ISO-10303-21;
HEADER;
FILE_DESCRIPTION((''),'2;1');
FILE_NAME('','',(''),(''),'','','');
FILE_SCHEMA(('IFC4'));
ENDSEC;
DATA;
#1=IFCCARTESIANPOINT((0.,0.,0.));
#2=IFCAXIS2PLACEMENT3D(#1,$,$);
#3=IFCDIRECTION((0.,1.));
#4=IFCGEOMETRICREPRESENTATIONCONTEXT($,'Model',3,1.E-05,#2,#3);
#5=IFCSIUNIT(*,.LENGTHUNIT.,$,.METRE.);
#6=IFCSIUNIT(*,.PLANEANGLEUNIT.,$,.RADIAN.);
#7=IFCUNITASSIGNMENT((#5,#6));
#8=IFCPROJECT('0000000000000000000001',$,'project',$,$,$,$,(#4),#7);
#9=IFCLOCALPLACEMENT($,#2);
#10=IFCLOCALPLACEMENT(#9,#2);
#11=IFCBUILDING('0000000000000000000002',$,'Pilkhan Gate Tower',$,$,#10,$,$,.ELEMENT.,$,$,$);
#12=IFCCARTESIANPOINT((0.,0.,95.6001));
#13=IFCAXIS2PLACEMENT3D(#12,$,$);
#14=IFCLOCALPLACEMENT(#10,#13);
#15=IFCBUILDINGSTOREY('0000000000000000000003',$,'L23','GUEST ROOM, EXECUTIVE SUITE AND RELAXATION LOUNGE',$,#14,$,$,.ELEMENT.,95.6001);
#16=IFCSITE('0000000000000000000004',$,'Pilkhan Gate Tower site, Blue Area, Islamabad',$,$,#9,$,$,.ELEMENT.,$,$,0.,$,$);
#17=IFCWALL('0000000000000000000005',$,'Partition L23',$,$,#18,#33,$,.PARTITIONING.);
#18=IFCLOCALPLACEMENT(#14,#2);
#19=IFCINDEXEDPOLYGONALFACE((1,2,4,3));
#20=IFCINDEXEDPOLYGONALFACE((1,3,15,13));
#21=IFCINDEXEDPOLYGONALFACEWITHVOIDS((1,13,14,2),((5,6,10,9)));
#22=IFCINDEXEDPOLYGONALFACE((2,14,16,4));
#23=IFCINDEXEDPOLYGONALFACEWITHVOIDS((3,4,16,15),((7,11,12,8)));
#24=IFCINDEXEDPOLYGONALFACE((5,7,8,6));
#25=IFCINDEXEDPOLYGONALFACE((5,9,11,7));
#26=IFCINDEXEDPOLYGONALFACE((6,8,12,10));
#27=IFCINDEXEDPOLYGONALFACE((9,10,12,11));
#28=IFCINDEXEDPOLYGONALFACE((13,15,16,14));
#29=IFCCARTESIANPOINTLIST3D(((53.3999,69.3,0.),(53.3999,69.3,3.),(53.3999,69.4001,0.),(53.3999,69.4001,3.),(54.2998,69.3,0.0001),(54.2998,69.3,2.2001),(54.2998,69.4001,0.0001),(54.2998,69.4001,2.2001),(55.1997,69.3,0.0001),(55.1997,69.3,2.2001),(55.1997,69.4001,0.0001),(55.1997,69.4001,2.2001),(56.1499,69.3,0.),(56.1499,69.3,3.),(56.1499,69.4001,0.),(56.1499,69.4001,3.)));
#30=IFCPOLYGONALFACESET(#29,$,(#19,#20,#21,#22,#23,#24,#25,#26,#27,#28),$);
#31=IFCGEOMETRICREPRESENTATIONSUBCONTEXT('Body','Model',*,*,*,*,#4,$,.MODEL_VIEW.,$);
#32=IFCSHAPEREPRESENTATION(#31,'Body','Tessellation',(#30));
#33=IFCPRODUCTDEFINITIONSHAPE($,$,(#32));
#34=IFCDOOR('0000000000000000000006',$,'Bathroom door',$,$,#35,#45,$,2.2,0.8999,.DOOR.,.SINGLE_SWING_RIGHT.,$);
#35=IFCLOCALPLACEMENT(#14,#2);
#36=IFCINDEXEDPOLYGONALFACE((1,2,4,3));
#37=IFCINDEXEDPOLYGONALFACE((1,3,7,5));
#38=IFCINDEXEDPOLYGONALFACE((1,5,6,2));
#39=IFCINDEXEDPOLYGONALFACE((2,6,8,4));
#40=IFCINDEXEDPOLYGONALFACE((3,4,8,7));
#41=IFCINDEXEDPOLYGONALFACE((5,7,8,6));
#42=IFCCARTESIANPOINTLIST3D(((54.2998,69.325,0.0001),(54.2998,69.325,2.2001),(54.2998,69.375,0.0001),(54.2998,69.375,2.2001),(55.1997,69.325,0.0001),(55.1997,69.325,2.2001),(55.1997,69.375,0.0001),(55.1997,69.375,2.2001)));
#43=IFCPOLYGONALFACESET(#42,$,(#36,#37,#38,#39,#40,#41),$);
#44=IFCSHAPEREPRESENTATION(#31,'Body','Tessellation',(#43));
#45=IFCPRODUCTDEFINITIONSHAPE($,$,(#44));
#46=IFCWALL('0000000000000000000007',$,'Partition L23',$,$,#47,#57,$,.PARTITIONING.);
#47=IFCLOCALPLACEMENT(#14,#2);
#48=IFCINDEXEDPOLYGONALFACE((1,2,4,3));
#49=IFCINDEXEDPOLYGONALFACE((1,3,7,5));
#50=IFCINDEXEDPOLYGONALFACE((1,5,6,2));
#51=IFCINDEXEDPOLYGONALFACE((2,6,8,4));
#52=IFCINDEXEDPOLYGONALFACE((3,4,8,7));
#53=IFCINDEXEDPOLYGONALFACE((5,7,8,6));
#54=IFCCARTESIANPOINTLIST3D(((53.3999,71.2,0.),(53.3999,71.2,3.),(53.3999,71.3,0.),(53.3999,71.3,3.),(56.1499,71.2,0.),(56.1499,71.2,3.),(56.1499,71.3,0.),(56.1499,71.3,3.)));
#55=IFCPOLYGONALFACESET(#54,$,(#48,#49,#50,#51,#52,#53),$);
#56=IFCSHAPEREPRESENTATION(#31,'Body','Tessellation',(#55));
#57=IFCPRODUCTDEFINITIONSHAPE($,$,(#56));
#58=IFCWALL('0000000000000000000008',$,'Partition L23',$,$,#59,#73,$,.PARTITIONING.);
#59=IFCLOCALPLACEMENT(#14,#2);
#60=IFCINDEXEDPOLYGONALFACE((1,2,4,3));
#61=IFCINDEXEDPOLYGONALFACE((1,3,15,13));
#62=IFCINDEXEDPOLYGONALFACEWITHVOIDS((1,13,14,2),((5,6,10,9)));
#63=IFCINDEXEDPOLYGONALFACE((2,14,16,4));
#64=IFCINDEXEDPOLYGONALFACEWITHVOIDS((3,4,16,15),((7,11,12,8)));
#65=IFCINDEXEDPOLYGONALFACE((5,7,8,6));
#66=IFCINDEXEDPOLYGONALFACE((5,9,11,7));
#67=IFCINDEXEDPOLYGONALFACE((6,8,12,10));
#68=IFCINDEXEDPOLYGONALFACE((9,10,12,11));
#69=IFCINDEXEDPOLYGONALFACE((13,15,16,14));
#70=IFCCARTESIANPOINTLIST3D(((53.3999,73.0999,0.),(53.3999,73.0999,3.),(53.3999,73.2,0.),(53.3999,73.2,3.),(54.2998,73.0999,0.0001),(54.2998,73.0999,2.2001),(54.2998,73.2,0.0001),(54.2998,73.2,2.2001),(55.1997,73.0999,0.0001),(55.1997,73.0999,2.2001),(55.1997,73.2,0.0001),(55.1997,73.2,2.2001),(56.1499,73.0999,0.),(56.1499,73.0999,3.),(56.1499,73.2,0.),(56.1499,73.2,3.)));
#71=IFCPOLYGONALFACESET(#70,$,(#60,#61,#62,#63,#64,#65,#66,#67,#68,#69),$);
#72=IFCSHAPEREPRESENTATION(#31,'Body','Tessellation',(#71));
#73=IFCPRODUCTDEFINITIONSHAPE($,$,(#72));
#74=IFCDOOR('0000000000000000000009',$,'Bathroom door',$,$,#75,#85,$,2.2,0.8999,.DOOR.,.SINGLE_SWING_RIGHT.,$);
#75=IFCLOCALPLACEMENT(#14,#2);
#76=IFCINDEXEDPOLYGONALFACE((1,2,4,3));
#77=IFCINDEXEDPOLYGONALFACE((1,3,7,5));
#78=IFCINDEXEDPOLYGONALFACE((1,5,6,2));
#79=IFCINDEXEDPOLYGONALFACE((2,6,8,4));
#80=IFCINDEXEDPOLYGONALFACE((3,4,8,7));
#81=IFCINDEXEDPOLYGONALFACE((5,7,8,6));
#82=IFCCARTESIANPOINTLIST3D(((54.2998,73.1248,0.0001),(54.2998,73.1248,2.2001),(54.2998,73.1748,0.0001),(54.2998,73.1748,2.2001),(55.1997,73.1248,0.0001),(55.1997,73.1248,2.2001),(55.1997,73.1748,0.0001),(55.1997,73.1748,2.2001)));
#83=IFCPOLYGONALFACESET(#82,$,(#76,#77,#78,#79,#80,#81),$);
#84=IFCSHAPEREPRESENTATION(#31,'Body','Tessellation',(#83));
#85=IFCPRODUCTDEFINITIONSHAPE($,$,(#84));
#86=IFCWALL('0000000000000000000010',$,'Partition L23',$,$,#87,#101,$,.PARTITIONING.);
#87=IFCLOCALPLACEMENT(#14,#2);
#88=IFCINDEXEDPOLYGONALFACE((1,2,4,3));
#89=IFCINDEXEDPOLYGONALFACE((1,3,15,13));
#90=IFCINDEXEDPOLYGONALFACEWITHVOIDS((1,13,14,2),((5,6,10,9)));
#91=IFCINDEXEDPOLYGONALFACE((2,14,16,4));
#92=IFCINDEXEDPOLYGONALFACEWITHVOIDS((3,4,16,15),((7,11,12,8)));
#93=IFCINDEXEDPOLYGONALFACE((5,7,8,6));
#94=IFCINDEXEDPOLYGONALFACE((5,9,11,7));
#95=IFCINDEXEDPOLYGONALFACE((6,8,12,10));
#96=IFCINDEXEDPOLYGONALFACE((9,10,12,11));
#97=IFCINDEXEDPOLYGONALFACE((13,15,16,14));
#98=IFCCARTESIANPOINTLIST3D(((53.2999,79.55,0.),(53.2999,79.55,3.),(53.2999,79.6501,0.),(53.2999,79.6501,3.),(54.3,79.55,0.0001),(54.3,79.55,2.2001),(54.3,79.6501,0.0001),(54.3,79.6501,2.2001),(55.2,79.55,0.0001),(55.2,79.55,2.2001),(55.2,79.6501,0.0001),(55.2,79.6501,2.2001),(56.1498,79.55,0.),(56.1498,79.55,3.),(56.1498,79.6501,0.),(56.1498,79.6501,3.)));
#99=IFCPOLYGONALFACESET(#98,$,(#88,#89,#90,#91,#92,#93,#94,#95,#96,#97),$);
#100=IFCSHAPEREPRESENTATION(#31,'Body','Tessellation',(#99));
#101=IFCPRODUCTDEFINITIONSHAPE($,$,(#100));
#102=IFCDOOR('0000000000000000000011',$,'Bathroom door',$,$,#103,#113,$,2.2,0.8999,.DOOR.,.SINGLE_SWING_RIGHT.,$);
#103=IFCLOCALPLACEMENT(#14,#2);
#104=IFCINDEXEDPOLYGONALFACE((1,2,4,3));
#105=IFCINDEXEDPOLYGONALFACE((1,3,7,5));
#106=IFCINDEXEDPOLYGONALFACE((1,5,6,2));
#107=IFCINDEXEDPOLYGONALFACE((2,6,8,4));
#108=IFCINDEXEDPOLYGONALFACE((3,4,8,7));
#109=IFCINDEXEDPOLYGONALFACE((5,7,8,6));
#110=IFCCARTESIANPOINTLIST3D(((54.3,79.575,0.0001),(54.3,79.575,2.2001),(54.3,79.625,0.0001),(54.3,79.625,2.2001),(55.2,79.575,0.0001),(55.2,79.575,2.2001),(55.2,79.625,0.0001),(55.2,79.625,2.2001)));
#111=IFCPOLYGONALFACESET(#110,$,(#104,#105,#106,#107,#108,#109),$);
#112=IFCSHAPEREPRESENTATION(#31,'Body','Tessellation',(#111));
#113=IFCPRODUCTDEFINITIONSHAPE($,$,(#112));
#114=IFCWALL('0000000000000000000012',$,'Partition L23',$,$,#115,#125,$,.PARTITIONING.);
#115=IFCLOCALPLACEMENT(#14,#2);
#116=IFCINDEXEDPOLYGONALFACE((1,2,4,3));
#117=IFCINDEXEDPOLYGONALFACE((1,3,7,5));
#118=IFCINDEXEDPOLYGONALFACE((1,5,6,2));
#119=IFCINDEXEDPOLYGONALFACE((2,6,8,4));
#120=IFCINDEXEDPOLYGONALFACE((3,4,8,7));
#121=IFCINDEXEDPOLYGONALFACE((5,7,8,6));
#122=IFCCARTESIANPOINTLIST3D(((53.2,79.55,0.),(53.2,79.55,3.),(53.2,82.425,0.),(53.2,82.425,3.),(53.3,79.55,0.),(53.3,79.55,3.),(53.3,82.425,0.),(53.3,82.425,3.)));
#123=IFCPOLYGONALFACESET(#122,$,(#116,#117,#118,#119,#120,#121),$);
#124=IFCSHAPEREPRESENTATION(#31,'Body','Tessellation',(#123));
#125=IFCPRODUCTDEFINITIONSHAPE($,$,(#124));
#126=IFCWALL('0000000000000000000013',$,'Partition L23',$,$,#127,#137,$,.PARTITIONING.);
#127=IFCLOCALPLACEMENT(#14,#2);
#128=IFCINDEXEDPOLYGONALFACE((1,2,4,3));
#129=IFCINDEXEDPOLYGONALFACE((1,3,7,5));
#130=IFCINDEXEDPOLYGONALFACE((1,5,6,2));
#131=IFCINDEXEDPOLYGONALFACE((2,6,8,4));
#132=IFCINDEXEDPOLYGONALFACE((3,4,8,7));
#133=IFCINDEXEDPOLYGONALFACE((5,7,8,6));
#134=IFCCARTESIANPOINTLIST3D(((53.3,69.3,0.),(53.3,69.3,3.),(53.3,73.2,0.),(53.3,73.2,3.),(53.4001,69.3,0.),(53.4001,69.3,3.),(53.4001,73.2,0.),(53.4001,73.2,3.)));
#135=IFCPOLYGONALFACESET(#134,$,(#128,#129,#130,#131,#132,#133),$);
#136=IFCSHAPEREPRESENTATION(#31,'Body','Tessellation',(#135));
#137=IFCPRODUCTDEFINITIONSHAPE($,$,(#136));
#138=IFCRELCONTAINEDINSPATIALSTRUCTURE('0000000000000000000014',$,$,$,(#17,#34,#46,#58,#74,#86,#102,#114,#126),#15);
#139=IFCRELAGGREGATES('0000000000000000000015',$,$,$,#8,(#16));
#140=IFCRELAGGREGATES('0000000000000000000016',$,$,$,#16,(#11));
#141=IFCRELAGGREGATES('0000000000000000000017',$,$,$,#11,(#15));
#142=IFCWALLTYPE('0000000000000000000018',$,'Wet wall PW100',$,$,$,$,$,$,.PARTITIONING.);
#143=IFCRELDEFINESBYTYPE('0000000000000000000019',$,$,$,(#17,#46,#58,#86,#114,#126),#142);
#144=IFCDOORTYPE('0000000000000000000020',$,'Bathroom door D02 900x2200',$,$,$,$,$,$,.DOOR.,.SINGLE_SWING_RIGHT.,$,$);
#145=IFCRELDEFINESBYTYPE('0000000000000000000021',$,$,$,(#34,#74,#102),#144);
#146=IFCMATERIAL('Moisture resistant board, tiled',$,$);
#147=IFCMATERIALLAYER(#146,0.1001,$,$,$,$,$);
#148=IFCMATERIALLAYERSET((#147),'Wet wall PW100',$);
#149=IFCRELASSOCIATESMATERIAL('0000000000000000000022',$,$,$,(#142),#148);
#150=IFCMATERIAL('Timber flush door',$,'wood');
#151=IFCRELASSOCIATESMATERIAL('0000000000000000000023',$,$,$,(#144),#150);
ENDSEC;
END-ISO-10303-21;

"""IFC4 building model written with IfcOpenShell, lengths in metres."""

from ifc_helpers import new_model, si_unit, direction, frame, frame_2d, origin, place, context, subcontext, project, spatial, rectangle, extrude, material, layer, layer_set, type_object, element, fill, save


model = new_model("IFC4")

# Units and contexts
model_context = context("Model", 3, precision=1e-05, world=origin(), true_north=direction((0.0, 1.0)))
body_context = subcontext(model_context, "Body", "Model", "MODEL_VIEW")
ifc_project = project(units=[si_unit("LENGTHUNIT", "METRE"), si_unit("PLANEANGLEUNIT", "RADIAN")], contexts=[model_context])

# Site, building, storey
site_placement = place(None, origin())
site = spatial("IfcSite", under=ifc_project, at=site_placement, Name="Pilkhan Gate Tower site, Blue Area, Islamabad", CompositionType="ELEMENT", RefElevation=0.0)
building_placement = place(site_placement, origin())
building = spatial("IfcBuilding", under=site, at=building_placement, Name="Pilkhan Gate Tower", CompositionType="ELEMENT")
storey_placement = place(building_placement, frame((0.0, 0.0, 95.6001)))
storey = spatial("IfcBuildingStorey", under=building, at=storey_placement, Name="L23", Description="GUEST ROOM, EXECUTIVE SUITE AND RELAXATION LOUNGE", CompositionType="ELEMENT", Elevation=95.6001)

# Wall, opening, door
ifc_material_1 = material(Name="Moisture resistant board, tiled")
ifc_layer_1 = layer(ifc_material_1, 0.1001)
ifc_layer_set_1 = layer_set([ifc_layer_1], Name="Wet wall PW100")
wall_type_1 = type_object("IfcWallType", Name="Wet wall PW100", PredefinedType="PARTITIONING", material=ifc_layer_set_1)
wall_1_placement = place(storey_placement, frame((53.3999, 69.3501, 0.0), z_axis=(0.0, 0.0, 1.0), x_axis=(1.0, 0.0, 0.0)))
wall_1 = element("IfcWall", 1, at=wall_1_placement, inside=storey, type_object=wall_type_1, Name="Partition L23", PredefinedType="PARTITIONING", context=body_context, shape_type="SweptSolid", body=[
    extrude(rectangle(XDim=2.75, YDim=0.1001, at=frame_2d((1.375, 0.0))), origin(), (0.0, 0.0, 1.0), 3.0),
])
opening_1_placement = place(wall_1_placement, frame((0.8999, 0.0, 0.0)))
opening_1 = element("IfcOpeningElement", 2, at=opening_1_placement, cuts=wall_1, PredefinedType="OPENING", context=body_context, shape_type="SweptSolid", body=[
    extrude(rectangle(XDim=0.8999, YDim=2.2, at=frame_2d((0.45, 1.1001))), frame((0.0, 0.0601, 0.0), z_axis=(0.0, -1.0, 0.0), x_axis=(1.0, 0.0, 0.0)), (0.0, 0.0, 1.0), 0.1201),
])
ifc_material_2 = material(Name="Timber flush door", Category="wood")
door_type_1 = type_object("IfcDoorType", Name="Bathroom door D02 900x2200", OperationType="SINGLE_SWING_RIGHT", PredefinedType="DOOR", material=ifc_material_2)
door_1_placement = place(opening_1_placement, origin())
door_1 = element("IfcDoor", 3, at=door_1_placement, inside=storey, type_object=door_type_1, Name="Bathroom door", OperationType="SINGLE_SWING_RIGHT", OverallHeight=2.2, OverallWidth=0.8999, PredefinedType="DOOR", context=body_context, shape_type="SweptSolid", body=[
    extrude(rectangle(XDim=0.8999, YDim=2.2, at=frame_2d((0.45, 1.1001))), frame((0.0, 0.0249, 0.0), z_axis=(0.0, -1.0, 0.0), x_axis=(1.0, 0.0, 0.0)), (0.0, 0.0, 1.0), 0.05),
])
fill(opening_1, door_1)

# Wall
wall_2_placement = place(storey_placement, frame((53.3999, 71.25, 0.0), z_axis=(0.0, 0.0, 1.0), x_axis=(1.0, 0.0, 0.0)))
element("IfcWall", 4, at=wall_2_placement, inside=storey, type_object=wall_type_1, Name="Partition L23", PredefinedType="PARTITIONING", context=body_context, shape_type="SweptSolid", body=[
    extrude(rectangle(XDim=2.75, YDim=0.1001, at=frame_2d((1.375, 0.0))), origin(), (0.0, 0.0, 1.0), 3.0),
])

# Walls, openings, doors
wall_3_placement = place(storey_placement, frame((53.3999, 73.1499, 0.0), z_axis=(0.0, 0.0, 1.0), x_axis=(1.0, 0.0, 0.0)))
wall_3 = element("IfcWall", 5, at=wall_3_placement, inside=storey, type_object=wall_type_1, Name="Partition L23", PredefinedType="PARTITIONING", context=body_context, shape_type="SweptSolid", body=[
    extrude(rectangle(XDim=2.75, YDim=0.1001, at=frame_2d((1.375, 0.0))), origin(), (0.0, 0.0, 1.0), 3.0),
])
opening_2_placement = place(wall_3_placement, frame((0.8999, 0.0, 0.0)))
opening_2 = element("IfcOpeningElement", 6, at=opening_2_placement, cuts=wall_3, PredefinedType="OPENING", context=body_context, shape_type="SweptSolid", body=[
    extrude(rectangle(XDim=0.8999, YDim=2.2, at=frame_2d((0.45, 1.1001))), frame((0.0, 0.0601, 0.0), z_axis=(0.0, -1.0, 0.0), x_axis=(1.0, 0.0, 0.0)), (0.0, 0.0, 1.0), 0.1201),
])
door_2_placement = place(opening_2_placement, origin())
door_2 = element("IfcDoor", 7, at=door_2_placement, inside=storey, type_object=door_type_1, Name="Bathroom door", OperationType="SINGLE_SWING_RIGHT", OverallHeight=2.2, OverallWidth=0.8999, PredefinedType="DOOR", context=body_context, shape_type="SweptSolid", body=[
    extrude(rectangle(XDim=0.8999, YDim=2.2, at=frame_2d((0.45, 1.1001))), frame((0.0, 0.0249, 0.0), z_axis=(0.0, -1.0, 0.0), x_axis=(1.0, 0.0, 0.0)), (0.0, 0.0, 1.0), 0.05),
])
fill(opening_2, door_2)
wall_4_placement = place(storey_placement, frame((53.3, 79.6001, 0.0), z_axis=(0.0, 0.0, 1.0), x_axis=(1.0, 0.0, 0.0)))
wall_4 = element("IfcWall", 8, at=wall_4_placement, inside=storey, type_object=wall_type_1, Name="Partition L23", PredefinedType="PARTITIONING", context=body_context, shape_type="SweptSolid", body=[
    extrude(rectangle(XDim=2.8499, YDim=0.1001, at=frame_2d((1.4248, 0.0))), origin(), (0.0, 0.0, 1.0), 3.0),
])
opening_3_placement = place(wall_4_placement, frame((1.0, 0.0, 0.0)))
opening_3 = element("IfcOpeningElement", 9, at=opening_3_placement, cuts=wall_4, PredefinedType="OPENING", context=body_context, shape_type="SweptSolid", body=[
    extrude(rectangle(XDim=0.8999, YDim=2.2, at=frame_2d((0.45, 1.1001))), frame((0.0, 0.0601, 0.0), z_axis=(0.0, -1.0, 0.0), x_axis=(1.0, 0.0, 0.0)), (0.0, 0.0, 1.0), 0.1201),
])
door_3_placement = place(opening_3_placement, origin())
door_3 = element("IfcDoor", 10, at=door_3_placement, inside=storey, type_object=door_type_1, Name="Bathroom door", OperationType="SINGLE_SWING_RIGHT", OverallHeight=2.2, OverallWidth=0.8999, PredefinedType="DOOR", context=body_context, shape_type="SweptSolid", body=[
    extrude(rectangle(XDim=0.8999, YDim=2.2, at=frame_2d((0.45, 1.1001))), frame((0.0, 0.0249, 0.0), z_axis=(0.0, -1.0, 0.0), x_axis=(1.0, 0.0, 0.0)), (0.0, 0.0, 1.0), 0.05),
])
fill(opening_3, door_3)

# Walls
wall_5_placement = place(storey_placement, frame((53.25, 79.55, 0.0), z_axis=(0.0, 0.0, 1.0), x_axis=(0.0, 1.0, 0.0)))
element("IfcWall", 11, at=wall_5_placement, inside=storey, type_object=wall_type_1, Name="Partition L23", PredefinedType="PARTITIONING", context=body_context, shape_type="SweptSolid", body=[
    extrude(rectangle(XDim=2.875, YDim=0.1001, at=frame_2d((1.4375, 0.0))), origin(), (0.0, 0.0, 1.0), 3.0),
])
wall_6_placement = place(storey_placement, frame((53.3501, 69.3, 0.0), z_axis=(0.0, 0.0, 1.0), x_axis=(0.0, 1.0, 0.0)))
element("IfcWall", 12, at=wall_6_placement, inside=storey, type_object=wall_type_1, Name="Partition L23", PredefinedType="PARTITIONING", context=body_context, shape_type="SweptSolid", body=[
    extrude(rectangle(XDim=3.8999, YDim=0.1001, at=frame_2d((1.95, 0.0))), origin(), (0.0, 0.0, 1.0), 3.0),
])

save(model, "model.ifc")
